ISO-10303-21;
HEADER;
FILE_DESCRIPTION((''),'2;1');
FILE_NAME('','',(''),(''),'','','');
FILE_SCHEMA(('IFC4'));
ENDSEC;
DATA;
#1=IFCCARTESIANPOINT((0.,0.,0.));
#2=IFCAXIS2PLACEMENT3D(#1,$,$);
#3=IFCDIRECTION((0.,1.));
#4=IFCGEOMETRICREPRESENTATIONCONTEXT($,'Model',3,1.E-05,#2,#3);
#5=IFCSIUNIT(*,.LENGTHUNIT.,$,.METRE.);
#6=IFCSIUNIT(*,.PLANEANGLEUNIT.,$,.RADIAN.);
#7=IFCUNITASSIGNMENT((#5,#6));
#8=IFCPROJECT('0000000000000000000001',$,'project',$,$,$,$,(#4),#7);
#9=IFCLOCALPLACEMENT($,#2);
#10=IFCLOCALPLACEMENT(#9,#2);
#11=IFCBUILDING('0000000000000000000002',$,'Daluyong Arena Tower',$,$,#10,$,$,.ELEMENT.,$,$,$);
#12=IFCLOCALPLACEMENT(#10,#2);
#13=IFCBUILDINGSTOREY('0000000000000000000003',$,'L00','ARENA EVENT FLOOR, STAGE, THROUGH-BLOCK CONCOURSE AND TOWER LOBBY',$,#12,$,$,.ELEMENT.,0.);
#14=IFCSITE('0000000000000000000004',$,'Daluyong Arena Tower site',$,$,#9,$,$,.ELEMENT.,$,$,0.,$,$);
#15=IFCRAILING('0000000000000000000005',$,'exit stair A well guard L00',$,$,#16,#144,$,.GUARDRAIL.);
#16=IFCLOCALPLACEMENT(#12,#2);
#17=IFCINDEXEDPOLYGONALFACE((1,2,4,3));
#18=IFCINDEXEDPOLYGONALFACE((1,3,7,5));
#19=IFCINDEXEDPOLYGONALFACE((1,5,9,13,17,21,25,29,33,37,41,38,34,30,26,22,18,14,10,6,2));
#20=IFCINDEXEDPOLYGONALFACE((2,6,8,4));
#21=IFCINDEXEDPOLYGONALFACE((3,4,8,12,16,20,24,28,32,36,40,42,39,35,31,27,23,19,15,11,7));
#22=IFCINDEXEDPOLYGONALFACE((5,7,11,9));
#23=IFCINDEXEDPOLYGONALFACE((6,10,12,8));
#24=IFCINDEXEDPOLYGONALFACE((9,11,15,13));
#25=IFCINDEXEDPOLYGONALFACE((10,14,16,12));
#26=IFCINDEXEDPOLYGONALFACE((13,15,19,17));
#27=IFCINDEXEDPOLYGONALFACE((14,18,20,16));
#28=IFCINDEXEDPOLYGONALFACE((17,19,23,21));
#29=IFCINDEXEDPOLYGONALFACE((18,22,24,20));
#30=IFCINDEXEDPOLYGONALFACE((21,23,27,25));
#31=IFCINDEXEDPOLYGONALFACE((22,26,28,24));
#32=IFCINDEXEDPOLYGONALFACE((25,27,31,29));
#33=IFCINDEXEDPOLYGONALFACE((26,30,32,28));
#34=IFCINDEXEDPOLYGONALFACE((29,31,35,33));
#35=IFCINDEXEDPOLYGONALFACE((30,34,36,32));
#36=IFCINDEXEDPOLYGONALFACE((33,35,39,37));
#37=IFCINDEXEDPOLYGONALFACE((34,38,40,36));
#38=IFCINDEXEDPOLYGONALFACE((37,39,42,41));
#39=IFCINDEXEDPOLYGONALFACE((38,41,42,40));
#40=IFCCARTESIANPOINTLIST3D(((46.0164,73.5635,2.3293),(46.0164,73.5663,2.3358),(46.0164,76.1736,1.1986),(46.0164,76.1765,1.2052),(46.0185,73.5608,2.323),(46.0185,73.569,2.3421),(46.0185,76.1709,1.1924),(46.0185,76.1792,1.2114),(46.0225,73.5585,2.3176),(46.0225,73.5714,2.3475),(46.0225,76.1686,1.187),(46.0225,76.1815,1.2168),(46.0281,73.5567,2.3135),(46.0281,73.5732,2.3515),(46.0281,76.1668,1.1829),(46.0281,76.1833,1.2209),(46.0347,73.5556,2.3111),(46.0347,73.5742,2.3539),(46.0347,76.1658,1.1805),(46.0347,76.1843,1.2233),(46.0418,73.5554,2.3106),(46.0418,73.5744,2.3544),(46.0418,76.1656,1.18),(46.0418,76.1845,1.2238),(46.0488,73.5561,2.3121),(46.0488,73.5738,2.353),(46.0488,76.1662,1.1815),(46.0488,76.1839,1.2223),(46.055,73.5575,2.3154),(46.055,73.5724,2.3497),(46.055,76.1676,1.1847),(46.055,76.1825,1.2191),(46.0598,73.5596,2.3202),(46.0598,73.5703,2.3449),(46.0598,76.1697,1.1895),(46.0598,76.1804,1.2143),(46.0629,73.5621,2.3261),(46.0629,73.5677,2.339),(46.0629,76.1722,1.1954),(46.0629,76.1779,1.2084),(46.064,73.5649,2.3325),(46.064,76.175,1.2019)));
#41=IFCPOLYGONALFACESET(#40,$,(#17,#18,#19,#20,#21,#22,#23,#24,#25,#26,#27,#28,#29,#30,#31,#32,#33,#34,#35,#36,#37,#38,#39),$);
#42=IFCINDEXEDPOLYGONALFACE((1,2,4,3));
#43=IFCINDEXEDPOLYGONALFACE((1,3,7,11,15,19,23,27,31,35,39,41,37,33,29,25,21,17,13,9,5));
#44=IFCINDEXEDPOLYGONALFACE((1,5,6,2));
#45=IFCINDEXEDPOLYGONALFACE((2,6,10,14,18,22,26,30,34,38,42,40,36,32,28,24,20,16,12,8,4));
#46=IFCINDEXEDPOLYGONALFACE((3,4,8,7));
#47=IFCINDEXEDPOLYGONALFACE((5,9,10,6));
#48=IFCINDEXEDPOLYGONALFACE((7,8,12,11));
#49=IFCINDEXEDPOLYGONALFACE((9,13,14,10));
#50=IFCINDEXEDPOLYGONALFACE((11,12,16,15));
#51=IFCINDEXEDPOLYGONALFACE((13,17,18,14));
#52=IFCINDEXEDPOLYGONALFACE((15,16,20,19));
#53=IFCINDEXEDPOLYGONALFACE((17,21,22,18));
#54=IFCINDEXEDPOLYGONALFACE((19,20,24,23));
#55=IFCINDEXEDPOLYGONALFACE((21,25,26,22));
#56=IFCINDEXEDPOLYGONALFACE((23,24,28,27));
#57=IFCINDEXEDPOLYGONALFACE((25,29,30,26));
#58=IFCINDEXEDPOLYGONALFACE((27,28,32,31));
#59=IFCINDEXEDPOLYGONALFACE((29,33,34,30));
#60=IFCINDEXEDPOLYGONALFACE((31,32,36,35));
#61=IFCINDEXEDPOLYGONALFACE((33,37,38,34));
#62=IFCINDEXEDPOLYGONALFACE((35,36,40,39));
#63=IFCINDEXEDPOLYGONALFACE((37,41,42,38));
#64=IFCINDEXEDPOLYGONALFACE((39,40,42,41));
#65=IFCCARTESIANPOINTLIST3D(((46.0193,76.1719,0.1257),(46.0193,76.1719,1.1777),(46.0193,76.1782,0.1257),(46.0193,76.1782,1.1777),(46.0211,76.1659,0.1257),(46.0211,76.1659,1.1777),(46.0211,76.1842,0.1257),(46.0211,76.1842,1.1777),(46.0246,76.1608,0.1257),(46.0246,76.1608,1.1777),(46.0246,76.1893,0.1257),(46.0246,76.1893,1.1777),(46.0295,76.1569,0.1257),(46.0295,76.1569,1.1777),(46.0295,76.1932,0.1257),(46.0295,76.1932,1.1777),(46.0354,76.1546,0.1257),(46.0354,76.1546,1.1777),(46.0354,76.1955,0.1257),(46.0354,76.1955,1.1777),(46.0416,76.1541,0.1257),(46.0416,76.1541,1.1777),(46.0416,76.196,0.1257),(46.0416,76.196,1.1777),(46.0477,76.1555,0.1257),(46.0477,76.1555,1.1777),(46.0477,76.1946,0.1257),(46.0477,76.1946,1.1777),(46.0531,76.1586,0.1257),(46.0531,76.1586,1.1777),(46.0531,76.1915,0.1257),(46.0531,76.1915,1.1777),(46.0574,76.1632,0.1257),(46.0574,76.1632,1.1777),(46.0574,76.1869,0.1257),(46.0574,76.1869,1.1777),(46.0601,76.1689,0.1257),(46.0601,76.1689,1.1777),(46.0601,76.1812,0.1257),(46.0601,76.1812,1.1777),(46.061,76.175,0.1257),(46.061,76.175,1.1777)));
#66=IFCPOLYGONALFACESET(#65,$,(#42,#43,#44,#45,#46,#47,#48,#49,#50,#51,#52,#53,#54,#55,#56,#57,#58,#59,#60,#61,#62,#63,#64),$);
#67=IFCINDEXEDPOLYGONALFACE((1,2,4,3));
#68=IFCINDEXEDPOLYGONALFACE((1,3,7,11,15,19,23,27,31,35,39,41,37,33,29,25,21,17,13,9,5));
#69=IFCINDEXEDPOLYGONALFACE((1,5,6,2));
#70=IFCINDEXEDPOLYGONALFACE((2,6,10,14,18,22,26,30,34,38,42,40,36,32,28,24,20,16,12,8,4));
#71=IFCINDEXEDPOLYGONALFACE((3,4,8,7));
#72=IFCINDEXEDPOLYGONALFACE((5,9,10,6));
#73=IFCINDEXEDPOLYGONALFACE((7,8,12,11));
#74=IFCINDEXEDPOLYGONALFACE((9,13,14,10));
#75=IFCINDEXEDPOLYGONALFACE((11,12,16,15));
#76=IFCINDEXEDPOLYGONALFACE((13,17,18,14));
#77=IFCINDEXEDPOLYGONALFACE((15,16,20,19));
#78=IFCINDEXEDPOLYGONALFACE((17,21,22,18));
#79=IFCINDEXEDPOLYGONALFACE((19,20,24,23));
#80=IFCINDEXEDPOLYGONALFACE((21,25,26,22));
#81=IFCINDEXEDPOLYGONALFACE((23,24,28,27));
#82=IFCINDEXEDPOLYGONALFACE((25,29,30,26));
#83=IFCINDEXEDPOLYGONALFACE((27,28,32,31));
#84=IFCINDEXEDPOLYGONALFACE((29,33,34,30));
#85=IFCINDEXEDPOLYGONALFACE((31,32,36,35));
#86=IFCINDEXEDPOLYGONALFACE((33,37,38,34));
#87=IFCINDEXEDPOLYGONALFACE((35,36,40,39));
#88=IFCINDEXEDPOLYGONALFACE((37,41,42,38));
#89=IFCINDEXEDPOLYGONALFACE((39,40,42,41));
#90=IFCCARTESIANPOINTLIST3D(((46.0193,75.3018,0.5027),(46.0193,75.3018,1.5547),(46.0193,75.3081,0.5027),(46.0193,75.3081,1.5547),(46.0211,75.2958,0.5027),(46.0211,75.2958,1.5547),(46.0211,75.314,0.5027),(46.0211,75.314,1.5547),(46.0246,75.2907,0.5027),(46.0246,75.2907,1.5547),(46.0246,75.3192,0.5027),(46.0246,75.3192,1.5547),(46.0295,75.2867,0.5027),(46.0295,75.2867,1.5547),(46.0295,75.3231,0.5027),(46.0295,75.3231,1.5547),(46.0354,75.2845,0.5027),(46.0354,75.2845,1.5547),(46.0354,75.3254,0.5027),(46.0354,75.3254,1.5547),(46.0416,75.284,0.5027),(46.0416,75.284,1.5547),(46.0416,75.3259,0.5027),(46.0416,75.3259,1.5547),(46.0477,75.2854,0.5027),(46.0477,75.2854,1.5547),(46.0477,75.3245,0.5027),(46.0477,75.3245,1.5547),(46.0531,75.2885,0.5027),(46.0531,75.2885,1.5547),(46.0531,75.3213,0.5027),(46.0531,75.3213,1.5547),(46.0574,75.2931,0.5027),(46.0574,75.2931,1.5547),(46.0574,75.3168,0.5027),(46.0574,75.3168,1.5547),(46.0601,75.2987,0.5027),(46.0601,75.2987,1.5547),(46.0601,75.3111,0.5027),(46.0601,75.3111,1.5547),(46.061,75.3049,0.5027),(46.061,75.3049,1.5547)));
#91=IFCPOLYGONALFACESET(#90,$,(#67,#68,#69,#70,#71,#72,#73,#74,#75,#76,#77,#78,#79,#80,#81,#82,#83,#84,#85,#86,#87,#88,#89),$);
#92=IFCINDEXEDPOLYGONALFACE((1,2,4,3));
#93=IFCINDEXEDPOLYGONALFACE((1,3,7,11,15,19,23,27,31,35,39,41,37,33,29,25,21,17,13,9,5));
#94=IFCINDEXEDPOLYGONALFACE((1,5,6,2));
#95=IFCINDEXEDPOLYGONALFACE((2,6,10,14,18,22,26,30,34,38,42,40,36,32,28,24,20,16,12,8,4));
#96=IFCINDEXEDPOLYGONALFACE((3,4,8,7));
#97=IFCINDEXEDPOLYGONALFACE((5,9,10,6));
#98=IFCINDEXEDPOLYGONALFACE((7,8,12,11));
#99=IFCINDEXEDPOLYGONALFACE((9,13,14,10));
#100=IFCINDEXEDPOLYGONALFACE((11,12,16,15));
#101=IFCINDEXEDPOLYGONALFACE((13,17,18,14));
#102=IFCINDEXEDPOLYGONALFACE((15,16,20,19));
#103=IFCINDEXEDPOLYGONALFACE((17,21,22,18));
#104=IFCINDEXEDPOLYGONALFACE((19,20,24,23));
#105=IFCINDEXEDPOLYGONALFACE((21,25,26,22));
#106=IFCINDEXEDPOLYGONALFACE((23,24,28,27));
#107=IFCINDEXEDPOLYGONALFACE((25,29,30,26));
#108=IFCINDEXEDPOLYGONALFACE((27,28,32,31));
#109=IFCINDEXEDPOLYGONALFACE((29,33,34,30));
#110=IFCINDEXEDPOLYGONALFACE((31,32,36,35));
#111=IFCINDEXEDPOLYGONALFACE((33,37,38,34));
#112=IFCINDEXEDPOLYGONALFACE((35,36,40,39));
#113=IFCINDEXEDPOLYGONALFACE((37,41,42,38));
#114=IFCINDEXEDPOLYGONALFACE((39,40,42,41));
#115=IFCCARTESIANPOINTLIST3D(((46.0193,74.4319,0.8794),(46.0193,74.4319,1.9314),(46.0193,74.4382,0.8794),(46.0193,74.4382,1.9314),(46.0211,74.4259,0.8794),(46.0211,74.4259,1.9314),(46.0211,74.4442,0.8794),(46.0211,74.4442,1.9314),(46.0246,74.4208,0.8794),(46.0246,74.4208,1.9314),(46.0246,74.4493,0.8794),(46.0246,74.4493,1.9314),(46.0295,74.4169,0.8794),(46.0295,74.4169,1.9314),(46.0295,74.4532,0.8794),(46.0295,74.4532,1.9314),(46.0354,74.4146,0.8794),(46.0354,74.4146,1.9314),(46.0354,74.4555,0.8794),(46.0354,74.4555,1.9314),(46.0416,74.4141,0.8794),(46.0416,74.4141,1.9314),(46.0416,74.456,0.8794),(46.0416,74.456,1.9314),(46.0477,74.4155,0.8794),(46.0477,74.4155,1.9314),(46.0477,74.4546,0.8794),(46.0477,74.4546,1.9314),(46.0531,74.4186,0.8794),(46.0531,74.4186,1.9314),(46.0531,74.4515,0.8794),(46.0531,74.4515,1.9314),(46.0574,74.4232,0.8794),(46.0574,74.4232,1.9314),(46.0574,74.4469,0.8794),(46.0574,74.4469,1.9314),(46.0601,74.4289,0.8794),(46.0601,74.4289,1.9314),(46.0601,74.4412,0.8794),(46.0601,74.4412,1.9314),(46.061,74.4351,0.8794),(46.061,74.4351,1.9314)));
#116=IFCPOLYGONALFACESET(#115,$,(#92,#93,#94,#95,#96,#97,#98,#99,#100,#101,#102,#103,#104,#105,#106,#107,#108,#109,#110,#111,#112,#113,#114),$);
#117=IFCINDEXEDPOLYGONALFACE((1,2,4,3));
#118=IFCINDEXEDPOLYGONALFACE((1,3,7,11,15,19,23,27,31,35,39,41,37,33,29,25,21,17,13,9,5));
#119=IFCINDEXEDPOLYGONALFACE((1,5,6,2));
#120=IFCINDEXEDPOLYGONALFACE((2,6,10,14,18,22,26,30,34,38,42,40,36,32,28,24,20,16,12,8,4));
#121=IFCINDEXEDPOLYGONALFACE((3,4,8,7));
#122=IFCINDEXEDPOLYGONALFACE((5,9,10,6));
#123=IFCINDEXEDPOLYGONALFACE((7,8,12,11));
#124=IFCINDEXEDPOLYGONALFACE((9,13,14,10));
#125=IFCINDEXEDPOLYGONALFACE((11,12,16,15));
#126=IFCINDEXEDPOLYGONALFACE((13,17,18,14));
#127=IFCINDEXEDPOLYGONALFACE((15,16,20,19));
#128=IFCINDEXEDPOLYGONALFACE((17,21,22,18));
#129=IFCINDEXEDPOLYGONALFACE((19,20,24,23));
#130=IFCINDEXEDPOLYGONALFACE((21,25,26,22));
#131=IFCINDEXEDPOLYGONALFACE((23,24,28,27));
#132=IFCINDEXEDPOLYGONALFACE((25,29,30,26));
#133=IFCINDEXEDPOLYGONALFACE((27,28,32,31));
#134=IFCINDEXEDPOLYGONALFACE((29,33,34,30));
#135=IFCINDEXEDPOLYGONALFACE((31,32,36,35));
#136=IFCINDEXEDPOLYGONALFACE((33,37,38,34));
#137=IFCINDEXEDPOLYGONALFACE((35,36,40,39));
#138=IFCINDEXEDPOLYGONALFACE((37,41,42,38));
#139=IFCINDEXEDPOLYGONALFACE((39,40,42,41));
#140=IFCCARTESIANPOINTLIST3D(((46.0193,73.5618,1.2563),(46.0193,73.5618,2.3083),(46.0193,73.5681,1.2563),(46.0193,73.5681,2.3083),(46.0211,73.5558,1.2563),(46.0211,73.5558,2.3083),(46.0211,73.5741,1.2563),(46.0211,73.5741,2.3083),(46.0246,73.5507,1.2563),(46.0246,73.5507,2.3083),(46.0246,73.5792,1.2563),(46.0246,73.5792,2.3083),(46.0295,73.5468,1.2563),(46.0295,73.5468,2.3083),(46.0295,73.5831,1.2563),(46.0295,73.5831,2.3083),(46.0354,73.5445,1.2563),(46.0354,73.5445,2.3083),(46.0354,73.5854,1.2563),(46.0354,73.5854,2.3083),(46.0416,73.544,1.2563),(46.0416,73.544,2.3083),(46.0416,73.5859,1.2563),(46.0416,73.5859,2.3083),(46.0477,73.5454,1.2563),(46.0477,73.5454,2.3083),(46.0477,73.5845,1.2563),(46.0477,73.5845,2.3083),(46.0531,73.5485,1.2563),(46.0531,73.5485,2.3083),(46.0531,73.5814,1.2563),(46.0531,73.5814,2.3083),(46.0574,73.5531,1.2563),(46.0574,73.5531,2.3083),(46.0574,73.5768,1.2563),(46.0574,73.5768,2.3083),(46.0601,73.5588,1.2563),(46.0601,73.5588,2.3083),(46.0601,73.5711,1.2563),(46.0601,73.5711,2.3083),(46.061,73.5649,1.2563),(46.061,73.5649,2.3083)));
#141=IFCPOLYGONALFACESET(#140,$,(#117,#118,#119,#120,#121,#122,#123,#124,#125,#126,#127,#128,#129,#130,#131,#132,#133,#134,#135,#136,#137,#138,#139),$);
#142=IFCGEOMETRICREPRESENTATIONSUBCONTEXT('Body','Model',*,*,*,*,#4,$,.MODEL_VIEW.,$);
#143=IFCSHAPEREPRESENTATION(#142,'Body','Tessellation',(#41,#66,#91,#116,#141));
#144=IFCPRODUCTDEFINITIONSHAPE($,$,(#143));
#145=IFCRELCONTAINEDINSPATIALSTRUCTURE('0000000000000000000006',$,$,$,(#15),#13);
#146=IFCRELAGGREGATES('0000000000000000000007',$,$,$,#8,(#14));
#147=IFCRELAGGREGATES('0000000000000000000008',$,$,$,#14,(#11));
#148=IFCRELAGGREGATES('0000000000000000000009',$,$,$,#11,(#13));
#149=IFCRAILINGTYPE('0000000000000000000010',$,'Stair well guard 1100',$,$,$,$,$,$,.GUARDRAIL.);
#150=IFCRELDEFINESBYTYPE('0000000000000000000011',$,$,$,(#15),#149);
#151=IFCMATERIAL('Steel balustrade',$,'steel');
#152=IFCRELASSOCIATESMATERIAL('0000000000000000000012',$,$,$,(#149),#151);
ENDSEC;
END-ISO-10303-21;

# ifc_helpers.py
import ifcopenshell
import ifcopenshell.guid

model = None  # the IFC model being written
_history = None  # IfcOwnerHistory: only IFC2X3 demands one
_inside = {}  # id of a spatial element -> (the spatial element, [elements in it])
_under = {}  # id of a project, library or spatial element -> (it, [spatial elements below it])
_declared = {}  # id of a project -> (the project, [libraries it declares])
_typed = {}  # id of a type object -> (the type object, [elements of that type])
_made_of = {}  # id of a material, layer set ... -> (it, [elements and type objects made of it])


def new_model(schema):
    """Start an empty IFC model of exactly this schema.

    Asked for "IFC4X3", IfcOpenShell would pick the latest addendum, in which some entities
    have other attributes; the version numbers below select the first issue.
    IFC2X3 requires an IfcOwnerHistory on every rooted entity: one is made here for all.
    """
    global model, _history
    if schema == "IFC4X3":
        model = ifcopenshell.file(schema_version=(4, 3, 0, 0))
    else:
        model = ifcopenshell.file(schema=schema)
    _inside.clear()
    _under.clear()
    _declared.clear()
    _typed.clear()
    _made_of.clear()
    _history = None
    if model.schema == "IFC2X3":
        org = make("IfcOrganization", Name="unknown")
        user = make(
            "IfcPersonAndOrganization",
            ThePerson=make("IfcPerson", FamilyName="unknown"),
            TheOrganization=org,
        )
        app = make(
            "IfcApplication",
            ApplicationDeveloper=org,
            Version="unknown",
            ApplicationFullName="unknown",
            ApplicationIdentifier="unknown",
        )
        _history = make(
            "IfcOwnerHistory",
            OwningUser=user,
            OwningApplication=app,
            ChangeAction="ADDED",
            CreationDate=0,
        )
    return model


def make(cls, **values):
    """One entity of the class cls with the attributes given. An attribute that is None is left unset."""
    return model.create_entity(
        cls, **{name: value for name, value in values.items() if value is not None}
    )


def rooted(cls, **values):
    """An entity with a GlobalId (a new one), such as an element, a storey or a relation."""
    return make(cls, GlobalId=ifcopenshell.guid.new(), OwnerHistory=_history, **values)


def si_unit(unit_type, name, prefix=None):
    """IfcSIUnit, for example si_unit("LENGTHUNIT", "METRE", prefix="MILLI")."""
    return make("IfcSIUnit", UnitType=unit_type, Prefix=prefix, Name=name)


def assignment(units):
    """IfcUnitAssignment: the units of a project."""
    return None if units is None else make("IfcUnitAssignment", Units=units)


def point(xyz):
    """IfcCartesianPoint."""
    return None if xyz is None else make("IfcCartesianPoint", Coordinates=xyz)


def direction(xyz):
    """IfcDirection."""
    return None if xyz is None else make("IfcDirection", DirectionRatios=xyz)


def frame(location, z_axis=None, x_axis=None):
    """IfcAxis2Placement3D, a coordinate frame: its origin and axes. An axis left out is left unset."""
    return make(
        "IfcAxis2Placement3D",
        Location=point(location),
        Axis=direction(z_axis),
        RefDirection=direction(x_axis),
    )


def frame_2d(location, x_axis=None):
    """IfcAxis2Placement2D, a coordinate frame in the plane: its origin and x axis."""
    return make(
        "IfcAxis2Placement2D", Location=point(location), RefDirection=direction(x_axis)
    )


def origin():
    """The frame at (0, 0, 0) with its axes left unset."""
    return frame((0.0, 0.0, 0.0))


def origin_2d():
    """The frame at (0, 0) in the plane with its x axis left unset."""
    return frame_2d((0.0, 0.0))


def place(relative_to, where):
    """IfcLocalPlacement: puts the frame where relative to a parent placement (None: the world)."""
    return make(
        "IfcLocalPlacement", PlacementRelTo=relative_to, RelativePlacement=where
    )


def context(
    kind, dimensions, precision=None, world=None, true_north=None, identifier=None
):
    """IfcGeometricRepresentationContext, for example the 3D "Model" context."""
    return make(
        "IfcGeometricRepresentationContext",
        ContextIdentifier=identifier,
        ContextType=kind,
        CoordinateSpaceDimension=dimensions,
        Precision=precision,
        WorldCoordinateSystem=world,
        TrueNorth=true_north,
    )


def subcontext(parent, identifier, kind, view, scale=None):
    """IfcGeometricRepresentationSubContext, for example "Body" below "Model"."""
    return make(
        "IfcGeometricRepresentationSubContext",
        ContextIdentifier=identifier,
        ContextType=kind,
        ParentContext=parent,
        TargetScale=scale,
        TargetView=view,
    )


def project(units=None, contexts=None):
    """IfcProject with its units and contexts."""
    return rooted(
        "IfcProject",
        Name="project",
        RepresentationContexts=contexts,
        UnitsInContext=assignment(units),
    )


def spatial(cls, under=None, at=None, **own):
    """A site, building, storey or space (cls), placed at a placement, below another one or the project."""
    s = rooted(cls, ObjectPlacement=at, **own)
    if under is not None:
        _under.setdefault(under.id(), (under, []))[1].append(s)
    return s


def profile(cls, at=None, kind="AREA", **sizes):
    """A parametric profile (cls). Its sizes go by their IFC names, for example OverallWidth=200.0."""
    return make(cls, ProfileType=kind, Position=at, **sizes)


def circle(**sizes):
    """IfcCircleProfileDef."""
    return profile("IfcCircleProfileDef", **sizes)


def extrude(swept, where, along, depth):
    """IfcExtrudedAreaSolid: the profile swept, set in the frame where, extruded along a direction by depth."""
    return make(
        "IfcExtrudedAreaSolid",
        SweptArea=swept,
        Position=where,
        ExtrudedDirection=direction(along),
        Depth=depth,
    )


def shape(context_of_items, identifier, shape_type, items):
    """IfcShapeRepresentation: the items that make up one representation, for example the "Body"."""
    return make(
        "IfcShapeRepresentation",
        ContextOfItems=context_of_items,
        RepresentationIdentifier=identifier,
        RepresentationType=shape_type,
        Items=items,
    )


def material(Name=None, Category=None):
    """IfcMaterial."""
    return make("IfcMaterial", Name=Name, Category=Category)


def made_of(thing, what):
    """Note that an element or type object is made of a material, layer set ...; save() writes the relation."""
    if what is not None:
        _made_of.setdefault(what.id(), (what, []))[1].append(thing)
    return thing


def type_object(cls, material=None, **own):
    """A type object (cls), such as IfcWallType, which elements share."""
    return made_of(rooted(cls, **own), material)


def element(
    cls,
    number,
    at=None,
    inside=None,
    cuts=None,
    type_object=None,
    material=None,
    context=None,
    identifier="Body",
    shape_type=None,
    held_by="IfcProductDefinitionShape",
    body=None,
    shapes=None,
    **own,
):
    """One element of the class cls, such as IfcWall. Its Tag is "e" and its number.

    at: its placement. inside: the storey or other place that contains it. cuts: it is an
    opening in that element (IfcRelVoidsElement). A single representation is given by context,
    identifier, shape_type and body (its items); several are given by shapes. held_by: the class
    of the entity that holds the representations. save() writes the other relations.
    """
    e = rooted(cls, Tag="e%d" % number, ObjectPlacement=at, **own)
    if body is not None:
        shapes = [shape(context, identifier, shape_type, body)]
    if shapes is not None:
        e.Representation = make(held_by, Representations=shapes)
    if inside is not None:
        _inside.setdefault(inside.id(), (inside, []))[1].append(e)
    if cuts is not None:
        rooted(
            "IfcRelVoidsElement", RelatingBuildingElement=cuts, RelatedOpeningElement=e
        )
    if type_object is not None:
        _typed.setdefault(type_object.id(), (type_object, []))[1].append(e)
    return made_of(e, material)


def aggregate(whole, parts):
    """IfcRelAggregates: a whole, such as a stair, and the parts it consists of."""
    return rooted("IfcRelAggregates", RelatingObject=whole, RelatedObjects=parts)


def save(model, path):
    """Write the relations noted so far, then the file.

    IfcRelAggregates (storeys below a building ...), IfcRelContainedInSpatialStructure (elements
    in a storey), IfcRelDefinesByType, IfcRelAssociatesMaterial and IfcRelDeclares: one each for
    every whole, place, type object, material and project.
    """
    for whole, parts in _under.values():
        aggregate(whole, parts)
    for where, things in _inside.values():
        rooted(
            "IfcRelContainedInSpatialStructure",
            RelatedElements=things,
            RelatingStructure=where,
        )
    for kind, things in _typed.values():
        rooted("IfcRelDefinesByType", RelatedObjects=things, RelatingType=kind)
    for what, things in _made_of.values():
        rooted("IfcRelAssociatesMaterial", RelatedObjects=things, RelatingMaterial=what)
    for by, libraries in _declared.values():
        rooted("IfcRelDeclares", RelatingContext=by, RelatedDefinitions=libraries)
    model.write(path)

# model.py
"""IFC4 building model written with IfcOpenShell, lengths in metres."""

from ifc_helpers import new_model, si_unit, direction, frame, origin, origin_2d, place, context, subcontext, project, spatial, circle, extrude, material, type_object, element, save


model = new_model("IFC4")

# Units and contexts
model_context = context("Model", 3, precision=1e-05, world=origin(), true_north=direction((0.0, 1.0)))
body_context = subcontext(model_context, "Body", "Model", "MODEL_VIEW")
ifc_project = project(units=[si_unit("LENGTHUNIT", "METRE"), si_unit("PLANEANGLEUNIT", "RADIAN")], contexts=[model_context])

# Site, building, storey
site_placement = place(None, origin())
site = spatial("IfcSite", under=ifc_project, at=site_placement, Name="Daluyong Arena Tower site", CompositionType="ELEMENT", RefElevation=0.0)
building_placement = place(site_placement, origin())
building = spatial("IfcBuilding", under=site, at=building_placement, Name="Daluyong Arena Tower", CompositionType="ELEMENT")
storey_placement = place(building_placement, origin())
storey = spatial("IfcBuildingStorey", under=building, at=storey_placement, Name="L00", Description="ARENA EVENT FLOOR, STAGE, THROUGH-BLOCK CONCOURSE AND TOWER LOBBY", CompositionType="ELEMENT", Elevation=0.0)

# Railing
ifc_material_1 = material(Name="Steel balustrade", Category="steel")
railing_type_1 = type_object("IfcRailingType", Name="Stair well guard 1100", PredefinedType="GUARDRAIL", material=ifc_material_1)
for number, where, name in (
    (1, (46.04, 76.175, 0.1257), "exit stair A well guard L00"),
):
    element("IfcRailing", number, at=place(storey_placement, frame(where)), inside=storey, type_object=railing_type_1, Name=name, PredefinedType="GUARDRAIL", context=body_context, shape_type="SweptSolid", body=[
        extrude(circle(Radius=0.0239, at=origin_2d()), frame((0.0, 0.0, 1.0762), z_axis=(0.0, -0.917611, 0.39748), x_axis=(1.0, 0.0, 0.0)), (0.0, 0.0, 1.0), 2.8445),
        extrude(circle(Radius=0.021, at=origin_2d()), origin(), (0.0, 0.0, 1.0), 1.052),
        extrude(circle(Radius=0.021, at=origin_2d()), frame((0.0, -0.8701, 0.377)), (0.0, 0.0, 1.0), 1.052),
        extrude(circle(Radius=0.021, at=origin_2d()), frame((0.0, -1.74, 0.7537)), (0.0, 0.0, 1.0), 1.052),
        extrude(circle(Radius=0.021, at=origin_2d()), frame((0.0, -2.6101, 1.1306)), (0.0, 0.0, 1.0), 1.052),
    ])

save(model, "model.ifc")
